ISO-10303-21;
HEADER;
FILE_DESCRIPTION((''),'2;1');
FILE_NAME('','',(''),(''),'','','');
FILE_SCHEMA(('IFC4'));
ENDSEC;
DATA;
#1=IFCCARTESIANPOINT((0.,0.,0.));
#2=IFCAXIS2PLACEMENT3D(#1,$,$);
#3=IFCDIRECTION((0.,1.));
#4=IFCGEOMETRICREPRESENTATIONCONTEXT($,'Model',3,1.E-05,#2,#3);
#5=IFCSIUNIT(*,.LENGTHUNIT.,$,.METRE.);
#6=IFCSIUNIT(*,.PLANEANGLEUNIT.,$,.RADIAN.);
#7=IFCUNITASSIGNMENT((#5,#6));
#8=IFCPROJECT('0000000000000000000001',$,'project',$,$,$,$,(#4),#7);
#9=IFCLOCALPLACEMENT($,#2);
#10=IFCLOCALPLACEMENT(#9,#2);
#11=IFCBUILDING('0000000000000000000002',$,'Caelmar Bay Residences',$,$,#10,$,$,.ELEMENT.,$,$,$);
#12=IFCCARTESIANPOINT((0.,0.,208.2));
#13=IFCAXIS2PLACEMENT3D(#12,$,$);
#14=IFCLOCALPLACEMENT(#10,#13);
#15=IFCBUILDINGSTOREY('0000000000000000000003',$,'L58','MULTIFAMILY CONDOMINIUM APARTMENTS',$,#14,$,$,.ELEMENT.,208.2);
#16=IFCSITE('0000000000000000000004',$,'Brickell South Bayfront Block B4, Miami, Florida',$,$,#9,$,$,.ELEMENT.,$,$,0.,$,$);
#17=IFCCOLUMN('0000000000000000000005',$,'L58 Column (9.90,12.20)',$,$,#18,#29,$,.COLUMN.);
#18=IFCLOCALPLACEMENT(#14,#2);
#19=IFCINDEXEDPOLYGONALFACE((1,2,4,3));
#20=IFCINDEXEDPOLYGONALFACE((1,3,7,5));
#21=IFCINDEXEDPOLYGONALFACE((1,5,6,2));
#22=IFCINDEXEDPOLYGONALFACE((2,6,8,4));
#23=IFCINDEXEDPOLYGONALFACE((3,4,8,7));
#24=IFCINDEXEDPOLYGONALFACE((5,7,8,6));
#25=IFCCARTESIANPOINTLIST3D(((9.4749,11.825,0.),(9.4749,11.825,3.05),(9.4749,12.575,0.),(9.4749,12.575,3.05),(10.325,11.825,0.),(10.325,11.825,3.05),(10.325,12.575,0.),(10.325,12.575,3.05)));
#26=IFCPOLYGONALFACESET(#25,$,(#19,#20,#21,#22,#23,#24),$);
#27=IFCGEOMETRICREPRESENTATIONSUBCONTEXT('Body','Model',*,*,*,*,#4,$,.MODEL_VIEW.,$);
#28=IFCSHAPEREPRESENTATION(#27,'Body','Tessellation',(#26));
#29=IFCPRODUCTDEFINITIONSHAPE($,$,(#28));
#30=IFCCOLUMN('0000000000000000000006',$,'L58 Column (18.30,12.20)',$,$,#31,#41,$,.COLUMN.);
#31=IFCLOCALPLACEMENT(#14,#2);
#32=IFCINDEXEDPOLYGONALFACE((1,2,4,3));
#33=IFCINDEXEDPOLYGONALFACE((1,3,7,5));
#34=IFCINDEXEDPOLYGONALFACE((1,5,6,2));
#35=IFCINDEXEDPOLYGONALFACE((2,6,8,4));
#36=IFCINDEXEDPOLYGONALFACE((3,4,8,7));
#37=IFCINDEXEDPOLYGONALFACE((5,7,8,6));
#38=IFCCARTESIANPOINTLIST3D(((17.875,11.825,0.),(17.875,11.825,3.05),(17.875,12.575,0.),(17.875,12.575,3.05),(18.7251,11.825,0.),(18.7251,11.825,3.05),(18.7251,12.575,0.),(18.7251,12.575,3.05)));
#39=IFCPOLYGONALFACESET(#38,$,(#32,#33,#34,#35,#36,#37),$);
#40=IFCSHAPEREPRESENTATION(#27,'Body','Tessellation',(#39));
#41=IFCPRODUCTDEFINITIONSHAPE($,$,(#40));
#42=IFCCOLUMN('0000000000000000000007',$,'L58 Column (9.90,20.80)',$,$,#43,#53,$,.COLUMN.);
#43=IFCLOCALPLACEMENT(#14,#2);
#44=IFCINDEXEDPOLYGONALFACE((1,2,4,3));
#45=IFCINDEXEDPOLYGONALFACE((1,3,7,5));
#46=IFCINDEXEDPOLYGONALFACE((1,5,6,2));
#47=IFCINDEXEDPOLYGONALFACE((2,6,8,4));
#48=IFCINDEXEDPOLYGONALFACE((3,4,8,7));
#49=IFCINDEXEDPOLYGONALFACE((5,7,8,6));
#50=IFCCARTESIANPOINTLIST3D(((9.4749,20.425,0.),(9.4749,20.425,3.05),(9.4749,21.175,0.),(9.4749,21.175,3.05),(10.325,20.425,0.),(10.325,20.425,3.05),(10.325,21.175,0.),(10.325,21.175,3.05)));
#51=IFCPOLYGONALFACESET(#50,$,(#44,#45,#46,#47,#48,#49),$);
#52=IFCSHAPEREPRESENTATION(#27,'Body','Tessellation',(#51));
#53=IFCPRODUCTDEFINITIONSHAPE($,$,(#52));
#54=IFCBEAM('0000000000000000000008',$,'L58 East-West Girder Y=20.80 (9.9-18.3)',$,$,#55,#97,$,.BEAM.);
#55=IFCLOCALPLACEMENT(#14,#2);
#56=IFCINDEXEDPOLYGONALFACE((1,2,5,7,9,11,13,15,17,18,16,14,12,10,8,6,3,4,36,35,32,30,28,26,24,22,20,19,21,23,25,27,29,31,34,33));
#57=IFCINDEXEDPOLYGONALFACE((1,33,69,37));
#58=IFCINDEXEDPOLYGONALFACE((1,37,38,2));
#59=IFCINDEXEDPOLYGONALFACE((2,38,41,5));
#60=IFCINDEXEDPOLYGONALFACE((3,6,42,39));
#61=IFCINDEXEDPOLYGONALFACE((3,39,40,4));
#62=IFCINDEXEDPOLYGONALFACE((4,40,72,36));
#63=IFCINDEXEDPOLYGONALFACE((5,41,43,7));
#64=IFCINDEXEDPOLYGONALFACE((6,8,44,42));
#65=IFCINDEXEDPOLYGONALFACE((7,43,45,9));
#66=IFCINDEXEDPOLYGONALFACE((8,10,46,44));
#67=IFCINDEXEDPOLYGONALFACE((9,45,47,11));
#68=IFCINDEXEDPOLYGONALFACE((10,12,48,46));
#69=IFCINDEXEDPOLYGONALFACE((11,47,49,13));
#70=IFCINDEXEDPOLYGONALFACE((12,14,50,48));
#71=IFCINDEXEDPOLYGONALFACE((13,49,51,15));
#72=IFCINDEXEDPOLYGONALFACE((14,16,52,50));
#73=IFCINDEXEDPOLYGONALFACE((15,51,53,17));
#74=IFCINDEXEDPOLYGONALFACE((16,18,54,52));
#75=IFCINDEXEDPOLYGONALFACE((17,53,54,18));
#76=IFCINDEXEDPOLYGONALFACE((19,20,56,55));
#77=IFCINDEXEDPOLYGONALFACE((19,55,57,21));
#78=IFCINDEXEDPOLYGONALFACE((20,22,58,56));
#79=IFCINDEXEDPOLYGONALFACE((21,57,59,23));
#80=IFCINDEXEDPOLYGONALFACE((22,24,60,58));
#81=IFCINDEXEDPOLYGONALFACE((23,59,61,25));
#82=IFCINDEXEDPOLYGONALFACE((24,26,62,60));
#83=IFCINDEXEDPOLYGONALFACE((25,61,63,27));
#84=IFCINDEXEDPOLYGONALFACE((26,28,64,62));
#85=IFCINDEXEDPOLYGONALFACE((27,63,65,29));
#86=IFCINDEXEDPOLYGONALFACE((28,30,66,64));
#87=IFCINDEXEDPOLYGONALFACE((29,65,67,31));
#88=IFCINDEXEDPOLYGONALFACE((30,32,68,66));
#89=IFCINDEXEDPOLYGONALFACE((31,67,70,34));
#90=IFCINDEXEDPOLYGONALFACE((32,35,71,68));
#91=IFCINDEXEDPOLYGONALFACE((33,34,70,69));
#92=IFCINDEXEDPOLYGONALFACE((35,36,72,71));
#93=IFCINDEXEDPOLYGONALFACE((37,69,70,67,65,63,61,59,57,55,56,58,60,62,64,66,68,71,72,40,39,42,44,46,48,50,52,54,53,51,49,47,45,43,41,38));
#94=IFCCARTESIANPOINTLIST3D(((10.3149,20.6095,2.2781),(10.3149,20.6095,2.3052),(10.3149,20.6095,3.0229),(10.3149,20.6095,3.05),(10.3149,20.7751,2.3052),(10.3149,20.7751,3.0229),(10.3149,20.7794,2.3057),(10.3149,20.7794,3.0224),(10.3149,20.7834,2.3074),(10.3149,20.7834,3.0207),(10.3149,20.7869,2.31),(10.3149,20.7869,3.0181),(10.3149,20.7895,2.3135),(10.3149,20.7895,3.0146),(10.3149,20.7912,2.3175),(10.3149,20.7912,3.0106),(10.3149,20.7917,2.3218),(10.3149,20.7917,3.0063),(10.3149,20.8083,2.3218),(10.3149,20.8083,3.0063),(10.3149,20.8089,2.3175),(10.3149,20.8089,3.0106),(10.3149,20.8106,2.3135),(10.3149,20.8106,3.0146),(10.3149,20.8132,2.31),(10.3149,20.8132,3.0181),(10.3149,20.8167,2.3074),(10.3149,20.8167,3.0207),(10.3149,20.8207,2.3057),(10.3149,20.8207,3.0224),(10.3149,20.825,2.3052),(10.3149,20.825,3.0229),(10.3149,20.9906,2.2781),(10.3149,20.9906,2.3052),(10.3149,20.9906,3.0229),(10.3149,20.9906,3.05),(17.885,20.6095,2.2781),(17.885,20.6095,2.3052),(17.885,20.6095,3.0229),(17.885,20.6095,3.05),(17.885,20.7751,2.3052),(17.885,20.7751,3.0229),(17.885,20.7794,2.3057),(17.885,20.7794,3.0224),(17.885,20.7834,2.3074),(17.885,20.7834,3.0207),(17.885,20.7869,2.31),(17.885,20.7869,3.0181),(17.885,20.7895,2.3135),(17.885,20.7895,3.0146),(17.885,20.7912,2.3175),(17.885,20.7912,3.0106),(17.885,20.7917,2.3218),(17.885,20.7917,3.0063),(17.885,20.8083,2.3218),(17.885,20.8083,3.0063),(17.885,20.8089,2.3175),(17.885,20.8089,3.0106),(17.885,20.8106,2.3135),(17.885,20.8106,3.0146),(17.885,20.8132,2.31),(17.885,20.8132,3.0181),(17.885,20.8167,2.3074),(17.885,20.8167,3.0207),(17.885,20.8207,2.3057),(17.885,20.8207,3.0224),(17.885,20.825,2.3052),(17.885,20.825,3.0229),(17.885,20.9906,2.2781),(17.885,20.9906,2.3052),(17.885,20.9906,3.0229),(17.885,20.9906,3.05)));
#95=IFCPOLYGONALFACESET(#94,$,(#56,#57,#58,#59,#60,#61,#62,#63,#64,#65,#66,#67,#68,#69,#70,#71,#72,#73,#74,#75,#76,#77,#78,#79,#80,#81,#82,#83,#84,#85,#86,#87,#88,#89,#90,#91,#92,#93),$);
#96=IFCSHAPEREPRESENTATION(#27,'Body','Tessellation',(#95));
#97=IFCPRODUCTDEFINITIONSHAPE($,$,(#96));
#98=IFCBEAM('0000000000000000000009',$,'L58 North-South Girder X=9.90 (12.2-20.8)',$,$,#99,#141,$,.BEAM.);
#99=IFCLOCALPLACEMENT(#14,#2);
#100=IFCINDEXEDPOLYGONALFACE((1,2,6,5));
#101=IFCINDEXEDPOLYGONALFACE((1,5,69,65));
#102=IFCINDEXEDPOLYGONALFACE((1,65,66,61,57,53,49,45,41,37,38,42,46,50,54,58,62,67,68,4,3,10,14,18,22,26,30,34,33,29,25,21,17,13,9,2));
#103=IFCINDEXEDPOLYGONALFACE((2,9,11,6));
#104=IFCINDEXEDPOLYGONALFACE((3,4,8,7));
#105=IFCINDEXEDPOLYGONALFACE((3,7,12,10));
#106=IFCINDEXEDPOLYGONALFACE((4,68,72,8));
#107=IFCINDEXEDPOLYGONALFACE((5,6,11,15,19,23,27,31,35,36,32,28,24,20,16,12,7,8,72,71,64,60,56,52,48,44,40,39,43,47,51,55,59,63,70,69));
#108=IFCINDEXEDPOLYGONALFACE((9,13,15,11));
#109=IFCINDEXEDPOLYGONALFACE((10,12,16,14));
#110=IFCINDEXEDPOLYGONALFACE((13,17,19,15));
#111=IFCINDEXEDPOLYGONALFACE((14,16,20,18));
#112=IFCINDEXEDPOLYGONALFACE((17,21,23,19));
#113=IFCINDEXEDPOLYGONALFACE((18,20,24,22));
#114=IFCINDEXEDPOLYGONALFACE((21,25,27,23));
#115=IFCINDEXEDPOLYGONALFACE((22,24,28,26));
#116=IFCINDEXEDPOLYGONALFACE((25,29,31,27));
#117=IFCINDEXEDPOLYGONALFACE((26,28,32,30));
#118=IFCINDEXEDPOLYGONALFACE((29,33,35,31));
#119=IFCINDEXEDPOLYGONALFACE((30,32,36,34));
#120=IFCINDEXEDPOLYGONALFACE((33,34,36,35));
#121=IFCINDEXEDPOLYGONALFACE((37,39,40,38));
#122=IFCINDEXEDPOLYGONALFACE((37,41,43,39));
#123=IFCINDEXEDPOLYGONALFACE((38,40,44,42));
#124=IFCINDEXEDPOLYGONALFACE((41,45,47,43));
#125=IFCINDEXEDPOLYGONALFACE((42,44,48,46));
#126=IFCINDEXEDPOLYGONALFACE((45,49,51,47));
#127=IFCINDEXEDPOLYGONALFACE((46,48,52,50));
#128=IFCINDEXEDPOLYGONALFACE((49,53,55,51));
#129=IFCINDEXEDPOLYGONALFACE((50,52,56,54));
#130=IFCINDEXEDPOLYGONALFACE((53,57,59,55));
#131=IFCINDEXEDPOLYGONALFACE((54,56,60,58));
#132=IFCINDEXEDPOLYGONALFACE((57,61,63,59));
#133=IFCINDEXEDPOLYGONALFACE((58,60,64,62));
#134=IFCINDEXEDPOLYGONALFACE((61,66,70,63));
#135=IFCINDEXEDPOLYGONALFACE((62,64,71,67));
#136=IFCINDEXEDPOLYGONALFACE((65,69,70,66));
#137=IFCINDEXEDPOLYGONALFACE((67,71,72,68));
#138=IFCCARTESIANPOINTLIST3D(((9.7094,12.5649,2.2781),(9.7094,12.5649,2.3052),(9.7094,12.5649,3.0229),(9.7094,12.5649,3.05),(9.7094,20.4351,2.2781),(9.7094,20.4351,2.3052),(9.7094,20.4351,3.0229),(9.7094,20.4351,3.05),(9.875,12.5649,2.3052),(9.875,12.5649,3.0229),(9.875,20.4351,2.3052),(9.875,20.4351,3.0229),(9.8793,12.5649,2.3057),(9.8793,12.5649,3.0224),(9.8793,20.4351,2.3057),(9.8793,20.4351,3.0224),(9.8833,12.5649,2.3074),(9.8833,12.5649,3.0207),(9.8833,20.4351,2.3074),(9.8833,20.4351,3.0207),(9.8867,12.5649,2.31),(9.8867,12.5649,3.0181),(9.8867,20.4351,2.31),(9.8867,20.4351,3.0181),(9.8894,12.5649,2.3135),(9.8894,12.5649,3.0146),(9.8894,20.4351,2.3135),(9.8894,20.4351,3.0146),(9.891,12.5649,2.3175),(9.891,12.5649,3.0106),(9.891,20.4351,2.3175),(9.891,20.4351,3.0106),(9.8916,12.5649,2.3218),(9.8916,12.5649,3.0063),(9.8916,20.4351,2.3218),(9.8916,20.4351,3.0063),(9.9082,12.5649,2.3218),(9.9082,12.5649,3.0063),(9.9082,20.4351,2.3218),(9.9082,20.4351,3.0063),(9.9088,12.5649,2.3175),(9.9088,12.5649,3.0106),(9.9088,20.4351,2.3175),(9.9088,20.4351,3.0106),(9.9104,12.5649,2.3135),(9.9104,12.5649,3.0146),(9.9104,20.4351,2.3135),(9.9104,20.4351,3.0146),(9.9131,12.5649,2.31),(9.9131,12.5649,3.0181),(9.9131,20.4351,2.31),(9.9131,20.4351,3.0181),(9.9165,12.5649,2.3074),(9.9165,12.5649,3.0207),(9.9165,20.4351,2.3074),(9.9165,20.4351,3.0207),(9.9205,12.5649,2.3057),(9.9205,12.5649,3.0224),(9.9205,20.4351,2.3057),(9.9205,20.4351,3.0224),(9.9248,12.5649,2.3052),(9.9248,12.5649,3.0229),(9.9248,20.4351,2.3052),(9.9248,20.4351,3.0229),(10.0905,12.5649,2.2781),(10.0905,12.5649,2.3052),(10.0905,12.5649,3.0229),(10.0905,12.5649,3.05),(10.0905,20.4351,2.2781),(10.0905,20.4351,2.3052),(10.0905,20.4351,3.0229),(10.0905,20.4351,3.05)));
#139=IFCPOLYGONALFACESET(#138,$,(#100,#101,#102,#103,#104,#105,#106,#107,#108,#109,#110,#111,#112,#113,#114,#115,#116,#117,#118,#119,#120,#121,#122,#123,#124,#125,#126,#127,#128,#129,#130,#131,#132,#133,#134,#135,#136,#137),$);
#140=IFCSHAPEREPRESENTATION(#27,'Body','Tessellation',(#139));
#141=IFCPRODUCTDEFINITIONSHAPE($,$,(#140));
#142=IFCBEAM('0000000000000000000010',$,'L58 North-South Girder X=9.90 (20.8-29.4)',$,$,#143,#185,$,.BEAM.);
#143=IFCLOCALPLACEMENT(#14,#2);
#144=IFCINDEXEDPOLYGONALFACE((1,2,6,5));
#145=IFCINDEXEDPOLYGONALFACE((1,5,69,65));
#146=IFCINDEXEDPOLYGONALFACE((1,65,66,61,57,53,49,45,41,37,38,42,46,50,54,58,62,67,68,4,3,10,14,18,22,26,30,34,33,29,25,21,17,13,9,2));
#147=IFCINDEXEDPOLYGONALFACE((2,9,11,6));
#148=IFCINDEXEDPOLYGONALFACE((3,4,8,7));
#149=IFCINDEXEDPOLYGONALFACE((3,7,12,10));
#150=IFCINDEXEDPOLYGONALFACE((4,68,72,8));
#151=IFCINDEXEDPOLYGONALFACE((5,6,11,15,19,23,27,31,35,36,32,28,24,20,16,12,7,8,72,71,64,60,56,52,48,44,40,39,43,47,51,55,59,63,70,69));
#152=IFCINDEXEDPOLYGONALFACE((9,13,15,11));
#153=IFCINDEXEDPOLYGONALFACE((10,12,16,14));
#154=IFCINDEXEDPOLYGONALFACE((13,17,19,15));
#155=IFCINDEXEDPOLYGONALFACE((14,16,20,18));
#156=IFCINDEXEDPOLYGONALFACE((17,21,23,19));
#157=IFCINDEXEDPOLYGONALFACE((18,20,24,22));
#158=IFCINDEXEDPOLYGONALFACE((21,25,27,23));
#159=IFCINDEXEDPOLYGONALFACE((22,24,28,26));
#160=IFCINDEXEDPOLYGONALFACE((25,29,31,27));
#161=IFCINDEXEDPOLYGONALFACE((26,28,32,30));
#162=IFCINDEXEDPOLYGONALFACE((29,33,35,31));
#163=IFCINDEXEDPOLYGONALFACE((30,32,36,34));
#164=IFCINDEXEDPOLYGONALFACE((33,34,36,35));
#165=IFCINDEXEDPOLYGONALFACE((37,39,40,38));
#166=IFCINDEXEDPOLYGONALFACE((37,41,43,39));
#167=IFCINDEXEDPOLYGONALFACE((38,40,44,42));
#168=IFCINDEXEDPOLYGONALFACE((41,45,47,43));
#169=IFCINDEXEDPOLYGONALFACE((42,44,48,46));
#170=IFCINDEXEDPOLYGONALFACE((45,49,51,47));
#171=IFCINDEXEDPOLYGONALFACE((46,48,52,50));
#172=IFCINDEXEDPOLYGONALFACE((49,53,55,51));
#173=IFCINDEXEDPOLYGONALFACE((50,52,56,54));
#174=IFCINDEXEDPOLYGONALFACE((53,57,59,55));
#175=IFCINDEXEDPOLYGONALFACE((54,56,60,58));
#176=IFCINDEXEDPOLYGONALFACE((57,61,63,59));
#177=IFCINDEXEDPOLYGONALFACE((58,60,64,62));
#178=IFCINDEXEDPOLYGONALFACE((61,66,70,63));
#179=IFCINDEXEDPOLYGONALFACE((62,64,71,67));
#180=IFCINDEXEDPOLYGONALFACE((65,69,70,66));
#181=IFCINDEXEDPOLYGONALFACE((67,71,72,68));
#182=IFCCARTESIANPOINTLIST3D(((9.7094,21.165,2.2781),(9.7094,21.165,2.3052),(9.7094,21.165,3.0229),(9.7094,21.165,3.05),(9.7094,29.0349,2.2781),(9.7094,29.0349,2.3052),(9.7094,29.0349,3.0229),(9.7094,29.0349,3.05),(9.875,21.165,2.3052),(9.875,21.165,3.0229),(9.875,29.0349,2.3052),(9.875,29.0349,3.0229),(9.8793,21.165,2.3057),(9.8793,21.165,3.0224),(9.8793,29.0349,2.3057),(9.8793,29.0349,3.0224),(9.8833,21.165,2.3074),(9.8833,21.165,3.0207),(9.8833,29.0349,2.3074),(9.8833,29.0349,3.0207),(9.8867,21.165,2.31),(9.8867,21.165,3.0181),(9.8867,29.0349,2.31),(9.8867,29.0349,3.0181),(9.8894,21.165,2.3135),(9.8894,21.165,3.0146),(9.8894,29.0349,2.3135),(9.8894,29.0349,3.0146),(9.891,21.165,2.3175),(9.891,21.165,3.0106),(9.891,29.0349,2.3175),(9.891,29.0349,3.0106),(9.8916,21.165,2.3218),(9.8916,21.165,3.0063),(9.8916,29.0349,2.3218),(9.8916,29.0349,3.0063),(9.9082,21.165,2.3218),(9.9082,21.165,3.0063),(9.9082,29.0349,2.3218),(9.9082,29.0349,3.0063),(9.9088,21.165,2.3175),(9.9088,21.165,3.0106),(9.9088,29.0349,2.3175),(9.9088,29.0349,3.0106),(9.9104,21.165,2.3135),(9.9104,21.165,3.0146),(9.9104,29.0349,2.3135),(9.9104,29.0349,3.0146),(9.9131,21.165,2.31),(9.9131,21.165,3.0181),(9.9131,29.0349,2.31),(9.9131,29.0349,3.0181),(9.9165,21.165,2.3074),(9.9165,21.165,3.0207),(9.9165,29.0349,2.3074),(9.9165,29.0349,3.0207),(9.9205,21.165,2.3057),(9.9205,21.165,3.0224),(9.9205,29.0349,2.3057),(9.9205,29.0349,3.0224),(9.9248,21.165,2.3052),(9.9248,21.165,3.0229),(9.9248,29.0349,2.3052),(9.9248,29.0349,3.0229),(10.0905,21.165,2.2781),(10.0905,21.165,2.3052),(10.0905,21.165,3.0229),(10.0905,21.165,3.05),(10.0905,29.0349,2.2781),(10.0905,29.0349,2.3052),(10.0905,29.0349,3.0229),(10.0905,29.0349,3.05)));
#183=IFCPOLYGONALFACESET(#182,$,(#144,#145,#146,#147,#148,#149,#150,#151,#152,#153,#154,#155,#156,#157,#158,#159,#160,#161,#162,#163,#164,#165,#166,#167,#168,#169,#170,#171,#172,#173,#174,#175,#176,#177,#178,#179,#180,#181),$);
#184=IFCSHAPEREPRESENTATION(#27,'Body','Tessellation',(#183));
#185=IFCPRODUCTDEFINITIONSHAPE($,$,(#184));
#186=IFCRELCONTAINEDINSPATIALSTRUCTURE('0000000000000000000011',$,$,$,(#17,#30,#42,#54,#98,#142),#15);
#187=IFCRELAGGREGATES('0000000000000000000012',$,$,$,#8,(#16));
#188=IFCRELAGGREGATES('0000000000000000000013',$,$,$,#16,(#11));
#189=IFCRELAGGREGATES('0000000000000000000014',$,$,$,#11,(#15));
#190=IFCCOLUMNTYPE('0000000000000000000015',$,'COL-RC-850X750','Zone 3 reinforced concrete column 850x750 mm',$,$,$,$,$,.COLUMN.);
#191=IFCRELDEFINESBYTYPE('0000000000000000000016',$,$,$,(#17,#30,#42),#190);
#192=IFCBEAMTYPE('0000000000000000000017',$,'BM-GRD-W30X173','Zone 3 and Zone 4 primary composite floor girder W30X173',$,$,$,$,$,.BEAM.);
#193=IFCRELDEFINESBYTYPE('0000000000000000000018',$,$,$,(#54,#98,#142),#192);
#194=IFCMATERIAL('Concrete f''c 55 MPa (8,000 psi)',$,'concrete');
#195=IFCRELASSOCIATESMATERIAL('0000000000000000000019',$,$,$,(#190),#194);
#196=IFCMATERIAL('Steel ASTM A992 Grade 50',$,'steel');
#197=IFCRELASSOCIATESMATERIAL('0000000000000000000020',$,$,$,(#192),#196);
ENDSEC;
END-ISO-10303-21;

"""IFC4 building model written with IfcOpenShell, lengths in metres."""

from ifc_helpers import new_model, si_unit, direction, frame, origin, origin_2d, place, context, subcontext, project, spatial, rectangle, i_section, extrude, material, material_profile, profile_set, type_object, element, save


model = new_model("IFC4")

# Units and contexts
model_context = context("Model", 3, precision=1e-05, world=origin(), true_north=direction((0.0, 1.0)))
body_context = subcontext(model_context, "Body", "Model", "MODEL_VIEW")
ifc_project = project(units=[si_unit("LENGTHUNIT", "METRE"), si_unit("PLANEANGLEUNIT", "RADIAN")], contexts=[model_context])

# Site, building, storey
site_placement = place(None, origin())
site = spatial("IfcSite", under=ifc_project, at=site_placement, Name="Brickell South Bayfront Block B4, Miami, Florida", CompositionType="ELEMENT", RefElevation=0.0)
building_placement = place(site_placement, origin())
building = spatial("IfcBuilding", under=site, at=building_placement, Name="Caelmar Bay Residences", CompositionType="ELEMENT")
storey_placement = place(building_placement, frame((0.0, 0.0, 208.2)))
storey = spatial("IfcBuildingStorey", under=building, at=storey_placement, Name="L58", Description="MULTIFAMILY CONDOMINIUM APARTMENTS", CompositionType="ELEMENT", Elevation=208.2)

# Columns
ifc_material_1 = material(Name="Concrete f'c 55 MPa (8,000 psi)", Category="concrete")
ifc_material_profile_1 = material_profile(ifc_material_1, rectangle(XDim=0.8501, YDim=0.75, at=origin_2d()), Name="RC-COL-850X750")
ifc_profile_set_1 = profile_set([ifc_material_profile_1], Name="Concrete f'c 55 MPa (8,000 psi)")
column_type = type_object("IfcColumnType", Name="COL-RC-850X750", Description="Zone 3 reinforced concrete column 850x750 mm", PredefinedType="COLUMN", material=ifc_profile_set_1)
for number, where, z_axis, x_axis, name in (
    (1, (9.8999, 12.2, 0.0), (0.0, 0.0, 1.0), (1.0, 0.0, 0.0), "L58 Column (9.90,12.20)"),
    (2, (18.3, 12.2, 0.0), (0.0, 0.0, 1.0), (1.0, 0.0, 0.0), "L58 Column (18.30,12.20)"),
    (3, (9.8999, 20.8, 0.0), (0.0, 0.0, 1.0), (1.0, 0.0, 0.0), "L58 Column (9.90,20.80)"),
):
    element("IfcColumn", number, at=place(storey_placement, frame(where, z_axis=z_axis, x_axis=x_axis)), inside=storey, type_object=column_type, Name=name, PredefinedType="COLUMN", context=body_context, shape_type="SweptSolid", body=[
        extrude(rectangle(XDim=0.8501, YDim=0.75, at=origin_2d()), origin(), (0.0, 0.0, 1.0), 3.05),
    ])

# Beams
ifc_material_2 = material(Name="Steel ASTM A992 Grade 50", Category="steel")
ifc_material_profile_2 = material_profile(ifc_material_2, i_section(OverallWidth=0.3811, OverallDepth=0.772, WebThickness=0.0166, FlangeThickness=0.0271, FilletRadius=0.0166, at=origin_2d()), Name="W30X173")
ifc_profile_set_2 = profile_set([ifc_material_profile_2], Name="Steel ASTM A992 Grade 50")
beam_type_1 = type_object("IfcBeamType", Name="BM-GRD-W30X173", Description="Zone 3 and Zone 4 primary composite floor girder W30X173", PredefinedType="BEAM", material=ifc_profile_set_2)
beam_1_placement = place(storey_placement, frame((10.3149, 20.8, 2.6641), z_axis=(1.0, 0.0, 0.0), x_axis=(0.0, 1.0, 0.0)))
element("IfcBeam", 4, at=beam_1_placement, inside=storey, type_object=beam_type_1, Name="L58 East-West Girder Y=20.80 (9.9-18.3)", PredefinedType="BEAM", context=body_context, shape_type="SweptSolid", body=[
    extrude(i_section(OverallWidth=0.3811, OverallDepth=0.772, WebThickness=0.0166, FlangeThickness=0.0271, FilletRadius=0.0166, at=origin_2d()), origin(), (0.0, 0.0, 1.0), 7.5701),
])
beam_2_placement = place(storey_placement, frame((9.8999, 12.5649, 2.6641), z_axis=(0.0, 1.0, 0.0), x_axis=(-1.0, 0.0, 0.0)))
element("IfcBeam", 5, at=beam_2_placement, inside=storey, type_object=beam_type_1, Name="L58 North-South Girder X=9.90 (12.2-20.8)", PredefinedType="BEAM", context=body_context, shape_type="SweptSolid", body=[
    extrude(i_section(OverallWidth=0.3811, OverallDepth=0.772, WebThickness=0.0166, FlangeThickness=0.0271, FilletRadius=0.0166, at=origin_2d()), origin(), (0.0, 0.0, 1.0), 7.8701),
])
beam_3_placement = place(storey_placement, frame((9.8999, 21.165, 2.6641), z_axis=(0.0, 1.0, 0.0), x_axis=(-1.0, 0.0, 0.0)))
element("IfcBeam", 6, at=beam_3_placement, inside=storey, type_object=beam_type_1, Name="L58 North-South Girder X=9.90 (20.8-29.4)", PredefinedType="BEAM", context=body_context, shape_type="SweptSolid", body=[
    extrude(i_section(OverallWidth=0.3811, OverallDepth=0.772, WebThickness=0.0166, FlangeThickness=0.0271, FilletRadius=0.0166, at=origin_2d()), origin(), (0.0, 0.0, 1.0), 7.8699),
])

save(model, "model.ifc")
